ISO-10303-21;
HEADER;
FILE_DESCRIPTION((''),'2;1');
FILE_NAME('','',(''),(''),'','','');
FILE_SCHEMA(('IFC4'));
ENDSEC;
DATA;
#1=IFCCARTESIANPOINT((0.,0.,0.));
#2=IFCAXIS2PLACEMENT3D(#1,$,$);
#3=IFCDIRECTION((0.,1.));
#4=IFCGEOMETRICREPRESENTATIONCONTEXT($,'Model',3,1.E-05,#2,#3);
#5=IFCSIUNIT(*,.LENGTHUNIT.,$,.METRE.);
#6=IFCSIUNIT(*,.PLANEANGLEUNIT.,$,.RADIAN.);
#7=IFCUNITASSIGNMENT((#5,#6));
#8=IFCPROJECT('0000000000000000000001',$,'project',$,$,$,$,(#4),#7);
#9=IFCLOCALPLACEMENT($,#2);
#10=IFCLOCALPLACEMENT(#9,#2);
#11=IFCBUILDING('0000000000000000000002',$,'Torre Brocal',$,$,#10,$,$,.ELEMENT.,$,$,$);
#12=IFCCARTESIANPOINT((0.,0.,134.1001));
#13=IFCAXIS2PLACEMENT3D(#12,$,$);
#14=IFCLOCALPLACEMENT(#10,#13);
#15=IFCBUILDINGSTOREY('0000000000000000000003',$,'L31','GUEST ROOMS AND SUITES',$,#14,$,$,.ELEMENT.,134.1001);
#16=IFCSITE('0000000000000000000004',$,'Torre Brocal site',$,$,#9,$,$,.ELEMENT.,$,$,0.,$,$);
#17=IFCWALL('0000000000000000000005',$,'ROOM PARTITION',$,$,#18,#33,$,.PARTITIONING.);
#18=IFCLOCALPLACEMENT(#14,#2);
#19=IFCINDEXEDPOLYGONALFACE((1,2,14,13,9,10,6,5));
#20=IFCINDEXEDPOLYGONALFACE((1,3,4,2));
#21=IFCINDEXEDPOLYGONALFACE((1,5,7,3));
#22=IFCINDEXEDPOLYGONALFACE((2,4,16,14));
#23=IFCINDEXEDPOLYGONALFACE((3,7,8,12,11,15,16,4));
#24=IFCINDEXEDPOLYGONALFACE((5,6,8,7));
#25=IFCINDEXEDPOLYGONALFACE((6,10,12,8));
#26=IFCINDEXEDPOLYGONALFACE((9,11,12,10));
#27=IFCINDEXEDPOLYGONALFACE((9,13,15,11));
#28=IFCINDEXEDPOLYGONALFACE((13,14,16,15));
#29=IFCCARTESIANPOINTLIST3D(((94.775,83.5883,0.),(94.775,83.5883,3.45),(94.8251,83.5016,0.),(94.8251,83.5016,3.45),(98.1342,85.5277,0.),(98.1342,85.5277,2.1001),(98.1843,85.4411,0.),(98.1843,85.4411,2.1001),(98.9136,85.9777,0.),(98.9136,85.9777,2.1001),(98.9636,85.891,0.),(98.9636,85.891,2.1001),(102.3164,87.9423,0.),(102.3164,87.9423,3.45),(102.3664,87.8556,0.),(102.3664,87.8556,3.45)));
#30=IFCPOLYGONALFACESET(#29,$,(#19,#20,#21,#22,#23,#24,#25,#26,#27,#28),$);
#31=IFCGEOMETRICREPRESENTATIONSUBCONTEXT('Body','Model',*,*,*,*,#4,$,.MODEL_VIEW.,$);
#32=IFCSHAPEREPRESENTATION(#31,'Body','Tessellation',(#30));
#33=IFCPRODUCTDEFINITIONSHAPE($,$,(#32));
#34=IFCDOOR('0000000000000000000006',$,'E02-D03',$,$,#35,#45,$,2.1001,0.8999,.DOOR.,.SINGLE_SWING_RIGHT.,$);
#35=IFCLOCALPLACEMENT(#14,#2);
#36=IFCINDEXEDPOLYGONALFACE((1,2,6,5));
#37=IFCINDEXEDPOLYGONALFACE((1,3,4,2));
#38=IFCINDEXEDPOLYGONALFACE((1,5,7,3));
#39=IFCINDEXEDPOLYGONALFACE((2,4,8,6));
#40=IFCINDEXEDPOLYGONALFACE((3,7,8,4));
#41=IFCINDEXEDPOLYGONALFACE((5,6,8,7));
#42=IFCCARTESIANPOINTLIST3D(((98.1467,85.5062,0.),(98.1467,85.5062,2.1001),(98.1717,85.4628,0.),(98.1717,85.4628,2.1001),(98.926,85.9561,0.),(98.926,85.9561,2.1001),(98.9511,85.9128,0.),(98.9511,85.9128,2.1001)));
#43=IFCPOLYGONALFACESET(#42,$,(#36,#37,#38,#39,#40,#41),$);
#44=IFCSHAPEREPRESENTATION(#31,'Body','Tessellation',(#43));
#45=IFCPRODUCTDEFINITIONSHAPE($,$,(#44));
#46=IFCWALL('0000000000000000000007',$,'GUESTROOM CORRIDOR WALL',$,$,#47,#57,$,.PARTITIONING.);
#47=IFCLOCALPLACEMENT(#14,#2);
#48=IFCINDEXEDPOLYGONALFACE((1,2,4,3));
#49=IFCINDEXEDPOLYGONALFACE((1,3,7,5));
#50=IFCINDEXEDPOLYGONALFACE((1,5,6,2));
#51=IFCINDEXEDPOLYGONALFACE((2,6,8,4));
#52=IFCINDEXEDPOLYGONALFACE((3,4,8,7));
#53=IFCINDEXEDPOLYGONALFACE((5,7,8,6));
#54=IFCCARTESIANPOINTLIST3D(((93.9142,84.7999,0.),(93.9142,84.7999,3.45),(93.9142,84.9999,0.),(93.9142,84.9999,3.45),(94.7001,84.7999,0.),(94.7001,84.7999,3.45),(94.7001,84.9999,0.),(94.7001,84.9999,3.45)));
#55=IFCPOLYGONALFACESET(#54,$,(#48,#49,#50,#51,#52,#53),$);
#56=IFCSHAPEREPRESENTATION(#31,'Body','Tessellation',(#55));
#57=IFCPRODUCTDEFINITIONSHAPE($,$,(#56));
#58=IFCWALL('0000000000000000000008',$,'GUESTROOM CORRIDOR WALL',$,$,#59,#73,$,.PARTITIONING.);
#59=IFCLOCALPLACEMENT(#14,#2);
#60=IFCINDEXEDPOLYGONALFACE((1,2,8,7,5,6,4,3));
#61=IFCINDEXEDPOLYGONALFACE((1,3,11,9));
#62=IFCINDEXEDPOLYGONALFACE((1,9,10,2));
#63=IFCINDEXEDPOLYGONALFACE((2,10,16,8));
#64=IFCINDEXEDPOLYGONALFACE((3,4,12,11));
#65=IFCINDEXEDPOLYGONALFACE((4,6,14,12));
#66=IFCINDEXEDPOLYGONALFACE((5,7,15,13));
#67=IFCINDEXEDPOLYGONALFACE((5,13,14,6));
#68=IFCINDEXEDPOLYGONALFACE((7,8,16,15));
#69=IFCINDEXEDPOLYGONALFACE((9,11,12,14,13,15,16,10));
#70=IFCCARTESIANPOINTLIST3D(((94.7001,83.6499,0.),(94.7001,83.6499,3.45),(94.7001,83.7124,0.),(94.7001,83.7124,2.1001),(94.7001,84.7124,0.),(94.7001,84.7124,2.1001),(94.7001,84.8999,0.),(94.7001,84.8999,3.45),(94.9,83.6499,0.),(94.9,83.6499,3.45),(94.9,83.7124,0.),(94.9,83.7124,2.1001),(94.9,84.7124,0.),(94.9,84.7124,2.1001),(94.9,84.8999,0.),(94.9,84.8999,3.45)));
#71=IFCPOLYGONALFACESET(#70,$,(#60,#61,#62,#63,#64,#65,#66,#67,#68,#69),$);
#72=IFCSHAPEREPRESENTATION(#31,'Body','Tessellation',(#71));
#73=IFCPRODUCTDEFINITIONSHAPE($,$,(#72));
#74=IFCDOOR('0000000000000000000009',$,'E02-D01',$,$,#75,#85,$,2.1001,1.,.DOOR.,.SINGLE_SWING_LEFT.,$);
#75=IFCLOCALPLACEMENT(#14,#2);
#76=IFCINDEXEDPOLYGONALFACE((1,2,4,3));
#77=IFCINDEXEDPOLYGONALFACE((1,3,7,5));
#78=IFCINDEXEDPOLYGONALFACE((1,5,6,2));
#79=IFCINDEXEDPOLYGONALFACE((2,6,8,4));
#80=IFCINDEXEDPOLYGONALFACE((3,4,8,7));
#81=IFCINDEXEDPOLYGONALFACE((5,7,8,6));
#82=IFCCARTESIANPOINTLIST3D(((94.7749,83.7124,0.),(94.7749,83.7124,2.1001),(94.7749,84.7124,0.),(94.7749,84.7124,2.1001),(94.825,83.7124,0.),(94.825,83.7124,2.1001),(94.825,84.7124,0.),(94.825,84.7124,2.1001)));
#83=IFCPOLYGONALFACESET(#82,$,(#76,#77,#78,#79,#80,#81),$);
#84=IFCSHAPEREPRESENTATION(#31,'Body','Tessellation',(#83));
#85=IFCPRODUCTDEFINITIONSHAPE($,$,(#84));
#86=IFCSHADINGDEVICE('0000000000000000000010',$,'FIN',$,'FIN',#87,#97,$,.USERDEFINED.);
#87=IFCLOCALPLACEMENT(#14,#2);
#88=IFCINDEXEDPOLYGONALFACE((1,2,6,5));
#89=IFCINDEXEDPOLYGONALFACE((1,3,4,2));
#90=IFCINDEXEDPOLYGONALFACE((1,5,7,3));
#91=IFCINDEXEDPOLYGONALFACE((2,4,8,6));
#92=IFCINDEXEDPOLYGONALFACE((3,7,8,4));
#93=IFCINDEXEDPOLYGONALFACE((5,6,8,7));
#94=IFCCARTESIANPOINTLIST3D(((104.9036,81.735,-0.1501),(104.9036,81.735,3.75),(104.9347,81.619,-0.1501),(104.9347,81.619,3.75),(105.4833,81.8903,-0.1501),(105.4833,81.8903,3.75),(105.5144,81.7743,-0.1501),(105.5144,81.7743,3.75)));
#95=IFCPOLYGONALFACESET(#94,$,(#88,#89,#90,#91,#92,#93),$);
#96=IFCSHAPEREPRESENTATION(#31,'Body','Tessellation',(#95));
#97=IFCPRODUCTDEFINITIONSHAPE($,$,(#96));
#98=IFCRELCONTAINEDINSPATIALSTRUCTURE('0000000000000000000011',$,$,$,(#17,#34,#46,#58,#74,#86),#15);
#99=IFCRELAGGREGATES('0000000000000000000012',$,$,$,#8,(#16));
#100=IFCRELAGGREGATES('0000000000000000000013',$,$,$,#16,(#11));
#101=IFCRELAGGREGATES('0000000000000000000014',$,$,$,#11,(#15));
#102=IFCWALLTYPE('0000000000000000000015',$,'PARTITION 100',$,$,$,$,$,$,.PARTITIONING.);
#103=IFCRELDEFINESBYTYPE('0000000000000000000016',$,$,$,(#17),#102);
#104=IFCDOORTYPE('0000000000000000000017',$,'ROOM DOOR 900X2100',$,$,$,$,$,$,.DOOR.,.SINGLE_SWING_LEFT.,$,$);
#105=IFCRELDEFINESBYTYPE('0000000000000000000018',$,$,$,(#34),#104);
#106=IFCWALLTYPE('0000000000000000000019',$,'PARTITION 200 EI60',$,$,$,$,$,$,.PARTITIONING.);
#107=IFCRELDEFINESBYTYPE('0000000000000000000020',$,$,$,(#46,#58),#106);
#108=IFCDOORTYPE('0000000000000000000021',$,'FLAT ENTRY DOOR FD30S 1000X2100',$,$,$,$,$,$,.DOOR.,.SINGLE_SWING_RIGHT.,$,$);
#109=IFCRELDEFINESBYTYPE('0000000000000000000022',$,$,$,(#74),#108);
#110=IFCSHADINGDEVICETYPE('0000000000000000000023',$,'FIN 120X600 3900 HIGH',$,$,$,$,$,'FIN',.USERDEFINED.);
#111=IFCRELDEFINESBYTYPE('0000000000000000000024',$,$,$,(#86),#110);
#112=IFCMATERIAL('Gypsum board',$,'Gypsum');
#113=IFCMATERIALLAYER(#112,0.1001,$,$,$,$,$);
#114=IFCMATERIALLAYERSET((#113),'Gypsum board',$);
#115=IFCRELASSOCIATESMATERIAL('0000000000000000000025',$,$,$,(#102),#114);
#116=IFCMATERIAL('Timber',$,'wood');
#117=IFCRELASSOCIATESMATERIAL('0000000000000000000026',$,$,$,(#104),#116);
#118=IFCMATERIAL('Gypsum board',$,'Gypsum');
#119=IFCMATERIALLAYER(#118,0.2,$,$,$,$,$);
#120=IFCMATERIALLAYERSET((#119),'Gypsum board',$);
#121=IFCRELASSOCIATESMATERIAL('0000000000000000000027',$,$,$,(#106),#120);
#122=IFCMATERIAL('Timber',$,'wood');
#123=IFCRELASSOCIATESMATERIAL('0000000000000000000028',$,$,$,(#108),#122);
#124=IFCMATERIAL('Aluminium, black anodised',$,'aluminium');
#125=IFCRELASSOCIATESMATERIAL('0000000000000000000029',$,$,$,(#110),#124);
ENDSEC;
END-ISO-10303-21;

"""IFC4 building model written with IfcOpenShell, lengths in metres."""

from ifc_helpers import new_model, si_unit, direction, frame, frame_2d, origin, origin_2d, place, context, subcontext, project, spatial, rectangle, extrude, material, layer, layer_set, material_profile, profile_set, type_object, element, fill, save


model = new_model("IFC4")

# Units and contexts
model_context = context("Model", 3, precision=1e-05, world=origin(), true_north=direction((0.0, 1.0)))
body_context = subcontext(model_context, "Body", "Model", "MODEL_VIEW")
ifc_project = project(units=[si_unit("LENGTHUNIT", "METRE"), si_unit("PLANEANGLEUNIT", "RADIAN")], contexts=[model_context])

# Site, building, storey
site_placement = place(None, origin())
site = spatial("IfcSite", under=ifc_project, at=site_placement, Name="Torre Brocal site", CompositionType="ELEMENT", RefElevation=0.0)
building_placement = place(site_placement, origin())
building = spatial("IfcBuilding", under=site, at=building_placement, Name="Torre Brocal", CompositionType="ELEMENT")
storey_placement = place(building_placement, frame((0.0, 0.0, 134.1001)))
storey = spatial("IfcBuildingStorey", under=building, at=storey_placement, Name="L31", Description="GUEST ROOMS AND SUITES", CompositionType="ELEMENT", Elevation=134.1001)

# Shared definitions
ifc_material_1 = material(Name="Gypsum board", Category="Gypsum")
ifc_layer_1 = layer(ifc_material_1, 0.1001)
ifc_layer_set_1 = layer_set([ifc_layer_1], Name="Gypsum board")
wall_type_1 = type_object("IfcWallType", Name="PARTITION 100", PredefinedType="PARTITIONING", material=ifc_layer_set_1)

# Wall, opening, door
wall_1_placement = place(storey_placement, frame((94.8, 83.5449, 0.0), z_axis=(0.0, 0.0, 1.0), x_axis=(0.866023, 0.500005, 0.0)))
wall_1 = element("IfcWall", 1, at=wall_1_placement, inside=storey, type_object=wall_type_1, Name="ROOM PARTITION", PredefinedType="PARTITIONING", context=body_context, shape_type="SweptSolid", body=[
    extrude(rectangle(XDim=8.708, YDim=0.1001, at=frame_2d((4.354, 0.0))), origin(), (0.0, 0.0, 1.0), 3.45),
])
opening_1_placement = place(wall_1_placement, frame((3.8789, 0.0, 0.0)))
opening_1 = element("IfcOpeningElement", 2, at=opening_1_placement, cuts=wall_1, PredefinedType="OPENING", context=body_context, shape_type="SweptSolid", body=[
    extrude(rectangle(XDim=0.8999, YDim=2.1001, at=frame_2d((0.45, 1.05))), frame((0.0, 0.0601, 0.0), z_axis=(0.0, -1.0, 0.0), x_axis=(1.0, 0.0, 0.0)), (0.0, 0.0, 1.0), 0.1201),
])
ifc_material_2 = material(Name="Timber", Category="wood")
door_type_1 = type_object("IfcDoorType", Name="ROOM DOOR 900X2100", OperationType="SINGLE_SWING_LEFT", PredefinedType="DOOR", material=ifc_material_2)
door_1_placement = place(opening_1_placement, frame((0.8999, 0.0, 0.0), z_axis=(0.0, 0.0, 1.0), x_axis=(-1.0, 0.0, 0.0)))
door_1 = element("IfcDoor", 3, at=door_1_placement, inside=storey, type_object=door_type_1, Name="E02-D03", OperationType="SINGLE_SWING_RIGHT", OverallHeight=2.1001, OverallWidth=0.8999, PredefinedType="DOOR", context=body_context, shape_type="SweptSolid", body=[
    extrude(rectangle(XDim=0.8999, YDim=2.1001, at=frame_2d((0.45, 1.05))), frame((0.0, 0.0249, 0.0), z_axis=(0.0, -1.0, 0.0), x_axis=(1.0, 0.0, 0.0)), (0.0, 0.0, 1.0), 0.05),
])
fill(opening_1, door_1)

# Wall
ifc_material_3 = material(Name="Gypsum board", Category="Gypsum")
ifc_layer_2 = layer(ifc_material_3, 0.2)
ifc_layer_set_2 = layer_set([ifc_layer_2], Name="Gypsum board")
wall_type_2 = type_object("IfcWallType", Name="PARTITION 200 EI60", PredefinedType="PARTITIONING", material=ifc_layer_set_2)
wall_2_placement = place(storey_placement, frame((93.9141, 84.8999, 0.0), z_axis=(0.0, 0.0, 1.0), x_axis=(1.0, 0.0, 0.0)))
element("IfcWall", 4, at=wall_2_placement, inside=storey, type_object=wall_type_2, Name="GUESTROOM CORRIDOR WALL", PredefinedType="PARTITIONING", context=body_context, shape_type="SweptSolid", body=[
    extrude(rectangle(XDim=0.7859, YDim=0.2, at=frame_2d((0.3931, 0.0))), origin(), (0.0, 0.0, 1.0), 3.45),
])

# Wall, opening, door
wall_3_placement = place(storey_placement, frame((94.8, 83.6499, 0.0), z_axis=(0.0, 0.0, 1.0), x_axis=(0.0, 1.0, 0.0)))
wall_3 = element("IfcWall", 5, at=wall_3_placement, inside=storey, type_object=wall_type_2, Name="GUESTROOM CORRIDOR WALL", PredefinedType="PARTITIONING", context=body_context, shape_type="SweptSolid", body=[
    extrude(rectangle(XDim=1.25, YDim=0.2, at=frame_2d((0.625, 0.0))), origin(), (0.0, 0.0, 1.0), 3.45),
])
opening_2_placement = place(wall_3_placement, frame((0.0625, 0.0, 0.0)))
opening_2 = element("IfcOpeningElement", 6, at=opening_2_placement, cuts=wall_3, PredefinedType="OPENING", context=body_context, shape_type="SweptSolid", body=[
    extrude(rectangle(XDim=1.0, YDim=2.1001, at=frame_2d((0.5, 1.05))), frame((0.0, 0.1099, 0.0), z_axis=(0.0, -1.0, 0.0), x_axis=(1.0, 0.0, 0.0)), (0.0, 0.0, 1.0), 0.22),
])
ifc_material_4 = material(Name="Timber", Category="wood")
door_type_2 = type_object("IfcDoorType", Name="FLAT ENTRY DOOR FD30S 1000X2100", OperationType="SINGLE_SWING_RIGHT", PredefinedType="DOOR", material=ifc_material_4)
door_2_placement = place(opening_2_placement, frame((1.0, 0.0, 0.0), z_axis=(0.0, 0.0, 1.0), x_axis=(-1.0, 0.0, 0.0)))
door_2 = element("IfcDoor", 7, at=door_2_placement, inside=storey, type_object=door_type_2, Name="E02-D01", OperationType="SINGLE_SWING_LEFT", OverallHeight=2.1001, OverallWidth=1.0, PredefinedType="DOOR", context=body_context, shape_type="SweptSolid", body=[
    extrude(rectangle(XDim=1.0, YDim=2.1001, at=frame_2d((0.5, 1.05))), frame((0.0, 0.0249, 0.0), z_axis=(0.0, -1.0, 0.0), x_axis=(1.0, 0.0, 0.0)), (0.0, 0.0, 1.0), 0.05),
])
fill(opening_2, door_2)

# Shading device
ifc_material_5 = material(Name="Aluminium, black anodised", Category="aluminium")
ifc_material_profile_1 = material_profile(ifc_material_5, rectangle(XDim=0.1201, YDim=0.6001, at=origin_2d()), Name="FIN 120X600 3900 HIGH")
ifc_profile_set_1 = profile_set([ifc_material_profile_1], Name="Aluminium, black anodised")
shading_device_type = type_object("IfcShadingDeviceType", Name="FIN 120X600 3900 HIGH", ElementType="FIN", PredefinedType="USERDEFINED", material=ifc_profile_set_1)
shading_device_placement = place(storey_placement, frame((105.209, 81.7546, -0.1501), z_axis=(0.0, 0.0, 1.0), x_axis=(-0.258819, 0.965926, 0.0)))
element("IfcShadingDevice", 8, at=shading_device_placement, inside=storey, type_object=shading_device_type, Name="FIN", ObjectType="FIN", PredefinedType="USERDEFINED", context=body_context, shape_type="SweptSolid", body=[
    extrude(rectangle(XDim=0.1201, YDim=0.6001, at=origin_2d()), origin(), (0.0, 0.0, 1.0), 3.9001),
])

save(model, "model.ifc")
